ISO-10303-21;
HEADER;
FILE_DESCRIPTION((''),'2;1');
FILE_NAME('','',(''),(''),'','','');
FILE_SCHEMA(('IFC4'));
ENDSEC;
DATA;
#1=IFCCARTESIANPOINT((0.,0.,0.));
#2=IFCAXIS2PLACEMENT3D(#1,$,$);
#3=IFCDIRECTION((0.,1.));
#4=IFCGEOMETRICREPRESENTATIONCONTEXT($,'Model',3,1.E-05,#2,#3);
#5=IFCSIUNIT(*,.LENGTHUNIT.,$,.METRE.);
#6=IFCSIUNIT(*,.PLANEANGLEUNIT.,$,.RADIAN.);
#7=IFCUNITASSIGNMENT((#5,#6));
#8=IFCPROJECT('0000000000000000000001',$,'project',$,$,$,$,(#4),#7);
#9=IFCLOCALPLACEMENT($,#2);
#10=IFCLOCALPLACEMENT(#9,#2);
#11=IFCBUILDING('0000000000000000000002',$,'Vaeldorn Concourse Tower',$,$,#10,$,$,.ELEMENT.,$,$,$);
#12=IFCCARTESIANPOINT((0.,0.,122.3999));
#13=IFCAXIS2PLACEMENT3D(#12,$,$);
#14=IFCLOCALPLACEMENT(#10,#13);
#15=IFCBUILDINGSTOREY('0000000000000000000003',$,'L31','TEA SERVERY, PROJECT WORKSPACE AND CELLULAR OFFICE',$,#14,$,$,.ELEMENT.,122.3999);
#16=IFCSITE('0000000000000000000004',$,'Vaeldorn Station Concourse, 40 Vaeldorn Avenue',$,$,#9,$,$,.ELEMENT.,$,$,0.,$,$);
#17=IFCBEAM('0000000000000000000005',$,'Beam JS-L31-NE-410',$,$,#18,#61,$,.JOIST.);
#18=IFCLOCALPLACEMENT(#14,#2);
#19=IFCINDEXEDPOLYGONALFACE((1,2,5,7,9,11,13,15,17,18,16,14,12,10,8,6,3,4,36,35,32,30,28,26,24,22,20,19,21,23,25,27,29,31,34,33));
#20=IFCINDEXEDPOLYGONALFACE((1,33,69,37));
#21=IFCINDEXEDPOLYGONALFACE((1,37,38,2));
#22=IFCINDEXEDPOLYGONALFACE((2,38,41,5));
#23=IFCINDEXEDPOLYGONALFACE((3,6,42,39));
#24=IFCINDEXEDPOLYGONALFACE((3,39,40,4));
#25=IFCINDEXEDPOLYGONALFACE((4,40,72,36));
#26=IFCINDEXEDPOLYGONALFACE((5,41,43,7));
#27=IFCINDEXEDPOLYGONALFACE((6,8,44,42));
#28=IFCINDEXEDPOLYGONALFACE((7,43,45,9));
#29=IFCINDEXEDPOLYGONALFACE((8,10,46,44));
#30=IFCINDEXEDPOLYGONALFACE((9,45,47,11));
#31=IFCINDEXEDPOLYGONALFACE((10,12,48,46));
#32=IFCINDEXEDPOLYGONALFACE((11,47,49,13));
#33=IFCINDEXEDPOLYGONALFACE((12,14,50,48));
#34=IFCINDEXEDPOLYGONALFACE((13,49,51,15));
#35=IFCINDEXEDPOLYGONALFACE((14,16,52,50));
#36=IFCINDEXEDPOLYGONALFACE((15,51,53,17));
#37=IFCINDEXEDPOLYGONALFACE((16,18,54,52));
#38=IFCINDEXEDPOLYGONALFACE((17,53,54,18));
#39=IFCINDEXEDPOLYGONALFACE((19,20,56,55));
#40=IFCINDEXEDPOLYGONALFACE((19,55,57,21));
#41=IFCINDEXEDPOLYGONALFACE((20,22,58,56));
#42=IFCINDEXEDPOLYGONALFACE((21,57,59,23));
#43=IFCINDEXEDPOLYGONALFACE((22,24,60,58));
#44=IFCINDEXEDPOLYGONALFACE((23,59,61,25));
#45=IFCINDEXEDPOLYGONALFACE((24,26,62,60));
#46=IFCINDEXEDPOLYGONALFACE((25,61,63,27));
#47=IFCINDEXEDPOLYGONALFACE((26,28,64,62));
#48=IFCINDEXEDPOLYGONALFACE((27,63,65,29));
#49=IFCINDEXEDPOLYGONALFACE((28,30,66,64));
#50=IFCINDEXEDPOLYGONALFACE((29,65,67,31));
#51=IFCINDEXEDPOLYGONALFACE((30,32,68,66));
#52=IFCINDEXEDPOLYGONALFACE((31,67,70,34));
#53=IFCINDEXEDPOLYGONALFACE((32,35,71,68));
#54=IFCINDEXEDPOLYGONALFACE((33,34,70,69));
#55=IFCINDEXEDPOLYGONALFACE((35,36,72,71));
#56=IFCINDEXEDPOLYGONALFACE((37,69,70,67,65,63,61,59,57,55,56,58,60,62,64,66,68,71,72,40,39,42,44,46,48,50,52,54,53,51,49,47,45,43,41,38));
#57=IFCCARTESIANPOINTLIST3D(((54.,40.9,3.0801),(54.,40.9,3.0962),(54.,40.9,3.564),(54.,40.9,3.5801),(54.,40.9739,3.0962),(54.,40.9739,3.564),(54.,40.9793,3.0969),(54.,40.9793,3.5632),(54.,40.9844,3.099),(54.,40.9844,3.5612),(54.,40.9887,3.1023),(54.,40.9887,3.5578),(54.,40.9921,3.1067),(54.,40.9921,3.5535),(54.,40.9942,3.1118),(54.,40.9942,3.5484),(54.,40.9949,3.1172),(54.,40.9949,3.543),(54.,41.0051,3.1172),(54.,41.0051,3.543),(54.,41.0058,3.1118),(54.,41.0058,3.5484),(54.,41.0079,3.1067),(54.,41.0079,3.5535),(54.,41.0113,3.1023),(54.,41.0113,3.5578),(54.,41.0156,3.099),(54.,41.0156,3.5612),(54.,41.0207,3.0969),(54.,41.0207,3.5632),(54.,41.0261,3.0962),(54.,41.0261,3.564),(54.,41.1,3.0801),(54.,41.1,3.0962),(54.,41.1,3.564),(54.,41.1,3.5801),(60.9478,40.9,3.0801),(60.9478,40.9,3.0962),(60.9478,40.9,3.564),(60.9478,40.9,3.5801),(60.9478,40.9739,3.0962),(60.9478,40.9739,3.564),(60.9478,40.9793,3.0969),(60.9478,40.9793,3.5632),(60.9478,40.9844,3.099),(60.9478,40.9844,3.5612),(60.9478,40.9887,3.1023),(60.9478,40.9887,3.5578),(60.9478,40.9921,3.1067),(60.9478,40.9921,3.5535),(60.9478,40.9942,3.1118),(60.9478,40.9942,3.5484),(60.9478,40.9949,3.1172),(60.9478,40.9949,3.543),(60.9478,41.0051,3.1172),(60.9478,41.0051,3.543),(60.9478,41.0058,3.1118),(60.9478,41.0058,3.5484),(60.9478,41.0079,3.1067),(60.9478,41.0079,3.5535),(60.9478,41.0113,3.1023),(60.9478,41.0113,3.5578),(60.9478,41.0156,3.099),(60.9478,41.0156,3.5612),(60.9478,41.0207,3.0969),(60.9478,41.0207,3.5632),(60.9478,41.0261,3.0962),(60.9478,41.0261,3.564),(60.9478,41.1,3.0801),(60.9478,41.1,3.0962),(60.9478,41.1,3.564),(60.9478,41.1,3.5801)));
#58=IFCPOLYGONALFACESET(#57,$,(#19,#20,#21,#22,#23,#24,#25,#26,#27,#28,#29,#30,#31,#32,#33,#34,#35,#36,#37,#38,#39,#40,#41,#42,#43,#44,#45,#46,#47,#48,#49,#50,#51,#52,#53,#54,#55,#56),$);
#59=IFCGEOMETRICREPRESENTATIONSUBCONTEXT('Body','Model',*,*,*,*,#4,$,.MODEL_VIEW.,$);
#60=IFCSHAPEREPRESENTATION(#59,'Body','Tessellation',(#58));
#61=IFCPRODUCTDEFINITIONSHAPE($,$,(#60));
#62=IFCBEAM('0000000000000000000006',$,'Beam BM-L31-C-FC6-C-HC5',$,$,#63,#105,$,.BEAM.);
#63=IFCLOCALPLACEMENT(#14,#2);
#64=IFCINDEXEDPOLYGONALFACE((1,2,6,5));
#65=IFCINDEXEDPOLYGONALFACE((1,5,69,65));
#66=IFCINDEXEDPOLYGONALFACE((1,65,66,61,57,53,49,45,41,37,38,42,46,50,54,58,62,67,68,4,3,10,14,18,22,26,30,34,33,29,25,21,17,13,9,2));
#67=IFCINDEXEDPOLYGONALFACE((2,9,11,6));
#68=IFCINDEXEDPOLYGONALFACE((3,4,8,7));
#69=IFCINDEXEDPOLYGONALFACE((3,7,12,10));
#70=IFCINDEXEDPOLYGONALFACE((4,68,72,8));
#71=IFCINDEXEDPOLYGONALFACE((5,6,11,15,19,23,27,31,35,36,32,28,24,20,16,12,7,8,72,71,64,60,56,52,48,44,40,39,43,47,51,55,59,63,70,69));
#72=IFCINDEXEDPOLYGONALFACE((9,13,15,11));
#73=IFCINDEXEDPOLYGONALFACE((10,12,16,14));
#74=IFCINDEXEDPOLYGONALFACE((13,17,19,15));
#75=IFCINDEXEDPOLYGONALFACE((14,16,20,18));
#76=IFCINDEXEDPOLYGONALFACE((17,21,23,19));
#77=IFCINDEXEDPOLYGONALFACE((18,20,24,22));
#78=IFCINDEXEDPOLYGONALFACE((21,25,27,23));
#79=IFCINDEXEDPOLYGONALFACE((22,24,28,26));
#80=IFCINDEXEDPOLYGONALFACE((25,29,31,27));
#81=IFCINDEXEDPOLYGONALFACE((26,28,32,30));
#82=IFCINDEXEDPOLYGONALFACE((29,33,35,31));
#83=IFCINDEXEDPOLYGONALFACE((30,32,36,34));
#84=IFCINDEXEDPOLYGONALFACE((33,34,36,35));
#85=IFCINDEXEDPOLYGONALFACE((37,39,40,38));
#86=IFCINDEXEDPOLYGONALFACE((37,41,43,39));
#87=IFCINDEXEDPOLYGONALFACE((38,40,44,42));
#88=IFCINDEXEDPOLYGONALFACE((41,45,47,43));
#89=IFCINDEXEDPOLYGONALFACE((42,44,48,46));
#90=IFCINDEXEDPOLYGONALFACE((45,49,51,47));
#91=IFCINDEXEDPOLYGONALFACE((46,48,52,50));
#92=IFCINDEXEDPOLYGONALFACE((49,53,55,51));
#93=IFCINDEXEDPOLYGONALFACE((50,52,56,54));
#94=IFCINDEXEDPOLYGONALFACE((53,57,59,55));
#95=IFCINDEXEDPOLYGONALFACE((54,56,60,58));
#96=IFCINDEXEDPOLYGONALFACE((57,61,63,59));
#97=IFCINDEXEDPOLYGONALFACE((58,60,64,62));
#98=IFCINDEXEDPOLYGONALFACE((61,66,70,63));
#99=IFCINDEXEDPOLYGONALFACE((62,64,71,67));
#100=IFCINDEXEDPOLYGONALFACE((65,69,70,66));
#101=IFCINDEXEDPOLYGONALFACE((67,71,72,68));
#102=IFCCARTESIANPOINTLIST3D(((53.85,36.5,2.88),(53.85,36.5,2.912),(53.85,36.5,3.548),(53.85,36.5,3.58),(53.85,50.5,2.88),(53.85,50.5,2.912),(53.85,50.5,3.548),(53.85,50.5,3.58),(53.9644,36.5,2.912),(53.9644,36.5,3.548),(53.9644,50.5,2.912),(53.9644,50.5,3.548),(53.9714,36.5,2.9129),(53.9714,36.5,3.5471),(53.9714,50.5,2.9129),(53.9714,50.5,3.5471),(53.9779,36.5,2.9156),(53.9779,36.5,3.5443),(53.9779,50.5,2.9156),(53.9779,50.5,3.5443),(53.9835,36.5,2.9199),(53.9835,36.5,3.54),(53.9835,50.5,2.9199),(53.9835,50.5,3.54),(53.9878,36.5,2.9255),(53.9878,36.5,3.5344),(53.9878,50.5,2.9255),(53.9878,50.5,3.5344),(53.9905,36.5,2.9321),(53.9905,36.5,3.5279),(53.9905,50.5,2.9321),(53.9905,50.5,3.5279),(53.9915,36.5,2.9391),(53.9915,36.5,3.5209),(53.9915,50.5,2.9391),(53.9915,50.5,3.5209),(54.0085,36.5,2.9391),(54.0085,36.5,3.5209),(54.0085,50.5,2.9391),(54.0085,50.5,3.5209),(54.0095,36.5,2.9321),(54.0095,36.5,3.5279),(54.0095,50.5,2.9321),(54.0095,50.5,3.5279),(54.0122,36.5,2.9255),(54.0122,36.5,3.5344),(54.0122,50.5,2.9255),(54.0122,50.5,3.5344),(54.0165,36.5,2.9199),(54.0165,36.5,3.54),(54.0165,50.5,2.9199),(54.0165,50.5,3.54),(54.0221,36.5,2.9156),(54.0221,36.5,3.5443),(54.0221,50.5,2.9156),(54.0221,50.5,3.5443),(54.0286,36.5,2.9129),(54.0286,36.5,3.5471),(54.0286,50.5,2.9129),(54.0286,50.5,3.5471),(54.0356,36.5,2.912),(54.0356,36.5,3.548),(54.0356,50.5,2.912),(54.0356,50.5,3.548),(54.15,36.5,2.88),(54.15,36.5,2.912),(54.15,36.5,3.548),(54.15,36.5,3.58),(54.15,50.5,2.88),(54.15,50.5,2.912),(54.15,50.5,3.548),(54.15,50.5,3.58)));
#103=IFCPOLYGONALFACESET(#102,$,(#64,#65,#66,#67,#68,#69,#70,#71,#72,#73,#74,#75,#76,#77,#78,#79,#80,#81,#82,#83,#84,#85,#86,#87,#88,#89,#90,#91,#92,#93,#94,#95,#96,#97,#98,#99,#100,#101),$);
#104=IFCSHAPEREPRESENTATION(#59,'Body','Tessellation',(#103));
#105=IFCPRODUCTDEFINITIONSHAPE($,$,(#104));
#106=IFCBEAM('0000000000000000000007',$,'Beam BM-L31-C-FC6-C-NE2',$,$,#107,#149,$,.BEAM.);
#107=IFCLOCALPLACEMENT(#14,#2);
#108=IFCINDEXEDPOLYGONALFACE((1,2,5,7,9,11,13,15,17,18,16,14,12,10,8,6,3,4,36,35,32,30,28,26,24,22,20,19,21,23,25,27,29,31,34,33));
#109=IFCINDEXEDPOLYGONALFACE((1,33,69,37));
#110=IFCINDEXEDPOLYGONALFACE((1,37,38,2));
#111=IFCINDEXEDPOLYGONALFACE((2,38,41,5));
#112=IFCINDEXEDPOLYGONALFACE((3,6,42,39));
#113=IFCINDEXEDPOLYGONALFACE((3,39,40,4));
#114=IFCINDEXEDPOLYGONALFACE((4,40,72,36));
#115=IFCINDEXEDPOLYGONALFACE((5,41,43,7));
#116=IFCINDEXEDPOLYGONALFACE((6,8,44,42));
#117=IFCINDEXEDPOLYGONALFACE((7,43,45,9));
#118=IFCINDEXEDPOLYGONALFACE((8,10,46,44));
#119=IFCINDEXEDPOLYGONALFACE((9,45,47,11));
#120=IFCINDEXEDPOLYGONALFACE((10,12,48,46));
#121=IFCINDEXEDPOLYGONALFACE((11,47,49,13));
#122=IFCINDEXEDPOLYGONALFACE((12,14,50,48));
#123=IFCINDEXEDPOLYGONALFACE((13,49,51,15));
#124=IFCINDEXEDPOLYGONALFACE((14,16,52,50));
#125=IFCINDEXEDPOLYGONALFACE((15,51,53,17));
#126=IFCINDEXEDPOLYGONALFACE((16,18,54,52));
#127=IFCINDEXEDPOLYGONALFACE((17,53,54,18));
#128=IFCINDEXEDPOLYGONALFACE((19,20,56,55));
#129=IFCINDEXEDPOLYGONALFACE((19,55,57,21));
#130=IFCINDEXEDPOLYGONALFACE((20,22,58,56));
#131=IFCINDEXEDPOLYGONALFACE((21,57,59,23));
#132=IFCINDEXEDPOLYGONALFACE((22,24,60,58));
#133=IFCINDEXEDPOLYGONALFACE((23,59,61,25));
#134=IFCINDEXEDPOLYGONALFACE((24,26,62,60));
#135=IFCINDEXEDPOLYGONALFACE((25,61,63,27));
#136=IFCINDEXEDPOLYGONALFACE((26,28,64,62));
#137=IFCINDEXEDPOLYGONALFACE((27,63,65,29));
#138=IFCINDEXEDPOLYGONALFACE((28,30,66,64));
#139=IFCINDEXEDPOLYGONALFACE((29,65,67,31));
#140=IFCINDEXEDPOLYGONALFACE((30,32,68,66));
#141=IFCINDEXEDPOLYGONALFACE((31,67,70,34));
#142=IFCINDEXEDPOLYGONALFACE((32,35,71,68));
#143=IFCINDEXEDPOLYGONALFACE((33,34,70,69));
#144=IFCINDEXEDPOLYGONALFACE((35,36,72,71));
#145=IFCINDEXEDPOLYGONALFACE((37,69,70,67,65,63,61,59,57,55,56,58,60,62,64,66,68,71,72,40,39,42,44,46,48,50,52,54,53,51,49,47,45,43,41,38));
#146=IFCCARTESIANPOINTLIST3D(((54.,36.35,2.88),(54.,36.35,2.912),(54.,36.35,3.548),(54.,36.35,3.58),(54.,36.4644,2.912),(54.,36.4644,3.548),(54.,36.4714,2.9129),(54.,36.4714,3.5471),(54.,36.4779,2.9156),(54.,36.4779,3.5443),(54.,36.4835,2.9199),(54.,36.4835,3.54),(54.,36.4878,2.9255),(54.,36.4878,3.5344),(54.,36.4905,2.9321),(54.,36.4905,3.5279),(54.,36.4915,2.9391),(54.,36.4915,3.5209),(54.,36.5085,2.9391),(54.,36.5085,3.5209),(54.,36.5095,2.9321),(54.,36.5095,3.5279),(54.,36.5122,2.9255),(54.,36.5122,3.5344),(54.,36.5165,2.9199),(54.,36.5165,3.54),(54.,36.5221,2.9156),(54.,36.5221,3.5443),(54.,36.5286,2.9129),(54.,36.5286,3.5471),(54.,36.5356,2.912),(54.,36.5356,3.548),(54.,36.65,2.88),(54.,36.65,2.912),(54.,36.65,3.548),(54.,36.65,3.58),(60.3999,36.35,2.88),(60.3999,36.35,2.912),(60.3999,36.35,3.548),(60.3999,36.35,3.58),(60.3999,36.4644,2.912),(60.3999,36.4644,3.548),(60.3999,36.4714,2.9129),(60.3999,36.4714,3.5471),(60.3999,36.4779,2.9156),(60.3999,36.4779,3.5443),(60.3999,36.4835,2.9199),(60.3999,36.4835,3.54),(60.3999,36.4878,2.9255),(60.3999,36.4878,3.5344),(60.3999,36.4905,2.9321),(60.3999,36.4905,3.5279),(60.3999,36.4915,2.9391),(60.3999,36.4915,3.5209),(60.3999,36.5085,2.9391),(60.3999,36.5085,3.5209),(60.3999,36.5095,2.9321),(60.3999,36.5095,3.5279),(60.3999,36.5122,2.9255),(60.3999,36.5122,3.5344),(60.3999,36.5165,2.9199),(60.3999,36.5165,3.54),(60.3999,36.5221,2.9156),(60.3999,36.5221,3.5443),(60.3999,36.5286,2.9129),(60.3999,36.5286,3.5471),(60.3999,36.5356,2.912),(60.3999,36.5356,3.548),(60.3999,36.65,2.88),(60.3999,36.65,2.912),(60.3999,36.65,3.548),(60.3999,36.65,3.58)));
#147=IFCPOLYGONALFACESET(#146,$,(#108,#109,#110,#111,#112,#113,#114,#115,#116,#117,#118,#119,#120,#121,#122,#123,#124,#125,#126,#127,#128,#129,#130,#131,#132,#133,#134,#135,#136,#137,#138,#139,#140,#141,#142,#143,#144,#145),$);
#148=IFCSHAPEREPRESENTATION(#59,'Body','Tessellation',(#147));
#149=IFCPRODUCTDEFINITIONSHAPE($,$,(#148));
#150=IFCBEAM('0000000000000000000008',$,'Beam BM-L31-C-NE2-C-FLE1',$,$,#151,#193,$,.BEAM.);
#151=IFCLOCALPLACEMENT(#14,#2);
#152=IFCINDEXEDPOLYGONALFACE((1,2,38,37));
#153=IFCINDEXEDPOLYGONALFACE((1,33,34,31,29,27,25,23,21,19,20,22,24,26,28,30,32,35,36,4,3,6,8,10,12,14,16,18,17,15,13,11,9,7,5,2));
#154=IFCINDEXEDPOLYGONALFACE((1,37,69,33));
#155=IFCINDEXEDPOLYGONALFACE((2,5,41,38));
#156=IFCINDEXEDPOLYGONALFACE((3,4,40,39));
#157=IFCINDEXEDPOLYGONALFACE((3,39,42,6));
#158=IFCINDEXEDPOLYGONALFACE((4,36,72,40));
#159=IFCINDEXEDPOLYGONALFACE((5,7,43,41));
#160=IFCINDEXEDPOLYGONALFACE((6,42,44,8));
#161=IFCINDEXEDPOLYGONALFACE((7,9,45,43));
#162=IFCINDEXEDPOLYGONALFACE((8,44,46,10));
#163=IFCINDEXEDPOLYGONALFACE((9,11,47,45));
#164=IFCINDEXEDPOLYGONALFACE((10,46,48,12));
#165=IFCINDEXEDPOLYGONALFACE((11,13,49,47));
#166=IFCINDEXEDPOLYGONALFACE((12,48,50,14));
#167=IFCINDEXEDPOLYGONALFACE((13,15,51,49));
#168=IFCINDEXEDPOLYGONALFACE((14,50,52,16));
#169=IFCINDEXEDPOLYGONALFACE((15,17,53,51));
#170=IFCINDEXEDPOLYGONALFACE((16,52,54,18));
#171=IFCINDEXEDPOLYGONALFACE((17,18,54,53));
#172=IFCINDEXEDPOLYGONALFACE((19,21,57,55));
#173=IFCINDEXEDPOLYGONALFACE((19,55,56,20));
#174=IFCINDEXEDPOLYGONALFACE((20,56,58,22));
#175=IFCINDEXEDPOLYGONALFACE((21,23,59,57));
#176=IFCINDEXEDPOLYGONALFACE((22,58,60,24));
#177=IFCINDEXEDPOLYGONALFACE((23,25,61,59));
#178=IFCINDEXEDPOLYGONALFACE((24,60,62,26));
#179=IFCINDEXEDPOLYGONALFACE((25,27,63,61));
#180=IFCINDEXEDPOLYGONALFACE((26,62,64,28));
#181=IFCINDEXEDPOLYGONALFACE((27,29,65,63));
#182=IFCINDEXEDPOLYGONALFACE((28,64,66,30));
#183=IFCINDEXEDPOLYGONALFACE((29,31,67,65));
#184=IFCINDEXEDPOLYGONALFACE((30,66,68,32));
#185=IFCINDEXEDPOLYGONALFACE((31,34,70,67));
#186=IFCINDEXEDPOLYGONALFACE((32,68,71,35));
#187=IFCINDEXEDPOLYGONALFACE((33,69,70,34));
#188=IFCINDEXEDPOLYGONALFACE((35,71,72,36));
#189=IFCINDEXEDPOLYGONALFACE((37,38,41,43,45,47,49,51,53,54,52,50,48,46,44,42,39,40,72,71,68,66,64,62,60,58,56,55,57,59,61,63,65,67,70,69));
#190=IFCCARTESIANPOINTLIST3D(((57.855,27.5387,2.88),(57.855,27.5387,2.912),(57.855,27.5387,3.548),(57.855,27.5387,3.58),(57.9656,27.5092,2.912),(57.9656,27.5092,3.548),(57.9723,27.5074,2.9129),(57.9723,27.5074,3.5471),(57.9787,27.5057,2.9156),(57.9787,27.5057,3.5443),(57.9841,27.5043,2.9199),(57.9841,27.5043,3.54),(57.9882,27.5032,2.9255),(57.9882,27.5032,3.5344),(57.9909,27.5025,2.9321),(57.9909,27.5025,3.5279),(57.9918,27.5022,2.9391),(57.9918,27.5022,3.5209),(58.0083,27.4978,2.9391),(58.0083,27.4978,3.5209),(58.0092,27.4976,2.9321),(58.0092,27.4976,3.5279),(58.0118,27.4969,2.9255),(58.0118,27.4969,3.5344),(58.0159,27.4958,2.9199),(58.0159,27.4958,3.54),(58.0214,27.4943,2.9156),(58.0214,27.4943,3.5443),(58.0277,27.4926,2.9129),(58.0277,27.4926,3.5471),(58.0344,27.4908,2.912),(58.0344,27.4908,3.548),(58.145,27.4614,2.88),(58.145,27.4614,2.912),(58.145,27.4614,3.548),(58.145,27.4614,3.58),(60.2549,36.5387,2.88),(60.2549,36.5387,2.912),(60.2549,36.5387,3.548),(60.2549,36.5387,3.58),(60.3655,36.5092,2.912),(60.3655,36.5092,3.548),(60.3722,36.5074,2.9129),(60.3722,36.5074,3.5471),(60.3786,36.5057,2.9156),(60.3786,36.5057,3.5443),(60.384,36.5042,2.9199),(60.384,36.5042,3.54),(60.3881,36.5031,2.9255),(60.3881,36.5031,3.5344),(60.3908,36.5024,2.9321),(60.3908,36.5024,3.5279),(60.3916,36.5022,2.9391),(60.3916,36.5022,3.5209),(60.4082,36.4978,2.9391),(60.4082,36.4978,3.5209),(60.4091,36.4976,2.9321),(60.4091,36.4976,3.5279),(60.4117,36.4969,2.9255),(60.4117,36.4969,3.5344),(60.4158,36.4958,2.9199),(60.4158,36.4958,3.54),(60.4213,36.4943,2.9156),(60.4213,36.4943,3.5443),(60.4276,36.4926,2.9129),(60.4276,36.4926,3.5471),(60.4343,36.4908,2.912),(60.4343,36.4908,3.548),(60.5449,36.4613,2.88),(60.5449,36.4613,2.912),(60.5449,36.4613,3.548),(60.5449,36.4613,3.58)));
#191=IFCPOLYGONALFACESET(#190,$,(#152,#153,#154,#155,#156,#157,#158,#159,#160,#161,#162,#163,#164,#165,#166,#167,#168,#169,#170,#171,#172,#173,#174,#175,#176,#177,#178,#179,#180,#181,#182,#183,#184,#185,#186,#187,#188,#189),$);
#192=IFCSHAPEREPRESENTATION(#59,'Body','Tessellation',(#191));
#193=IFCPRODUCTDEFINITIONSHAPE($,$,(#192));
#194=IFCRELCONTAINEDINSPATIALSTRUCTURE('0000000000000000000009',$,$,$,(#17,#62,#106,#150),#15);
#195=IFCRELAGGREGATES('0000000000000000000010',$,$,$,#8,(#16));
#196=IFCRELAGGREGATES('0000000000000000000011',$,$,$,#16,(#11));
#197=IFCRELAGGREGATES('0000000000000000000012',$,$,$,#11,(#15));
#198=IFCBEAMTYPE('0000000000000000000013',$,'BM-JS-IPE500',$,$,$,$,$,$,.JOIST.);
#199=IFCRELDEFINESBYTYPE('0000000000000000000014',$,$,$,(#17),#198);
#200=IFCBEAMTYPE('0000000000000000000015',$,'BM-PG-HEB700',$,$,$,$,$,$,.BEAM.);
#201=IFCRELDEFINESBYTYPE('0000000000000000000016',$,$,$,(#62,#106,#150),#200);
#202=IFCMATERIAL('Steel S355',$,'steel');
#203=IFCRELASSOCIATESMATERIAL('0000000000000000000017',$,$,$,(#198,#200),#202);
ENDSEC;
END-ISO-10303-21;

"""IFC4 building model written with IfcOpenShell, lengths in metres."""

from ifc_helpers import new_model, si_unit, direction, frame, origin, origin_2d, place, context, subcontext, project, spatial, i_section, extrude, source, transform, mapped, material, material_profile, profile_set, type_object, element, save


model = new_model("IFC4")

# Units and contexts
model_context = context("Model", 3, precision=1e-05, world=origin(), true_north=direction((0.0, 1.0)))
body_context = subcontext(model_context, "Body", "Model", "MODEL_VIEW")
ifc_project = project(units=[si_unit("LENGTHUNIT", "METRE"), si_unit("PLANEANGLEUNIT", "RADIAN")], contexts=[model_context])

# Site, building, storey
site_placement = place(None, origin())
site = spatial("IfcSite", under=ifc_project, at=site_placement, Name="Vaeldorn Station Concourse, 40 Vaeldorn Avenue", CompositionType="ELEMENT", RefElevation=0.0)
building_placement = place(site_placement, origin())
building = spatial("IfcBuilding", under=site, at=building_placement, Name="Vaeldorn Concourse Tower", CompositionType="ELEMENT")
storey_placement = place(building_placement, frame((0.0, 0.0, 122.3999)))
storey = spatial("IfcBuildingStorey", under=building, at=storey_placement, Name="L31", Description="TEA SERVERY, PROJECT WORKSPACE AND CELLULAR OFFICE", CompositionType="ELEMENT", Elevation=122.3999)

# Beams
ifc_material_1 = material(Name="Steel S355", Category="steel")
ifc_material_profile_1 = material_profile(ifc_material_1, i_section(OverallWidth=0.2, OverallDepth=0.5, WebThickness=0.0103, FlangeThickness=0.0161, FilletRadius=0.021, at=origin_2d()), Name="IPE 500")
ifc_profile_set_1 = profile_set([ifc_material_profile_1], Name="Steel S355")
beam_type_1 = type_object("IfcBeamType", Name="BM-JS-IPE500", PredefinedType="JOIST", material=ifc_profile_set_1)
shared_shape_1 = source(origin(), body_context, "Body", "SweptSolid", [
    extrude(i_section(OverallWidth=0.2, OverallDepth=0.5, WebThickness=0.0103, FlangeThickness=0.0161, FilletRadius=0.021, at=origin_2d()), origin(), (0.0, 0.0, 1.0), 6.9478),
])
beam_1_placement = place(storey_placement, frame((54.0, 41.0, 3.3301), z_axis=(1.0, 0.0, 0.0), x_axis=(0.0, 1.0, 0.0)))
element("IfcBeam", 1, at=beam_1_placement, inside=storey, type_object=beam_type_1, Name="Beam JS-L31-NE-410", PredefinedType="JOIST", context=body_context, shape_type="MappedRepresentation", body=[
    mapped(shared_shape_1, transform((0.0, 0.0, 0.0), scale=1.0)),
])
ifc_material_profile_2 = material_profile(ifc_material_1, i_section(OverallWidth=0.3, OverallDepth=0.7, WebThickness=0.0171, FlangeThickness=0.032, FilletRadius=0.0271, at=origin_2d()), Name="HEB 700")
ifc_profile_set_2 = profile_set([ifc_material_profile_2], Name="Steel S355")
beam_type_2 = type_object("IfcBeamType", Name="BM-PG-HEB700", PredefinedType="BEAM", material=ifc_profile_set_2)
shared_shape_2 = source(origin(), body_context, "Body", "SweptSolid", [
    extrude(i_section(OverallWidth=0.3, OverallDepth=0.7, WebThickness=0.0171, FlangeThickness=0.032, FilletRadius=0.0271, at=origin_2d()), origin(), (0.0, 0.0, 1.0), 14.0),
])
beam_2_placement = place(storey_placement, frame((54.0, 36.5, 3.23), z_axis=(0.0, 1.0, 0.0), x_axis=(-1.0, 0.0, 0.0)))
element("IfcBeam", 2, at=beam_2_placement, inside=storey, type_object=beam_type_2, Name="Beam BM-L31-C-FC6-C-HC5", PredefinedType="BEAM", context=body_context, shape_type="MappedRepresentation", body=[
    mapped(shared_shape_2, transform((0.0, 0.0, 0.0), scale=1.0)),
])
shared_shape_3 = source(origin(), body_context, "Body", "SweptSolid", [
    extrude(i_section(OverallWidth=0.3, OverallDepth=0.7, WebThickness=0.0171, FlangeThickness=0.032, FilletRadius=0.0271, at=origin_2d()), origin(), (0.0, 0.0, 1.0), 6.3999),
])
beam_3_placement = place(storey_placement, frame((54.0, 36.5, 3.23), z_axis=(1.0, 0.0, 0.0), x_axis=(0.0, 1.0, 0.0)))
element("IfcBeam", 3, at=beam_3_placement, inside=storey, type_object=beam_type_2, Name="Beam BM-L31-C-FC6-C-NE2", PredefinedType="BEAM", context=body_context, shape_type="MappedRepresentation", body=[
    mapped(shared_shape_3, transform((0.0, 0.0, 0.0), scale=1.0)),
])
shared_shape_4 = source(origin(), body_context, "Body", "SweptSolid", [
    extrude(i_section(OverallWidth=0.3, OverallDepth=0.7, WebThickness=0.0171, FlangeThickness=0.032, FilletRadius=0.0271, at=origin_2d()), origin(), (0.0, 0.0, 1.0), 9.3145),
])
beam_4_placement = place(storey_placement, frame((60.3999, 36.5, 3.23), z_axis=(-0.257653, -0.966238, 0.0), x_axis=(0.966238, -0.257653, 0.0)))
element("IfcBeam", 4, at=beam_4_placement, inside=storey, type_object=beam_type_2, Name="Beam BM-L31-C-NE2-C-FLE1", PredefinedType="BEAM", context=body_context, shape_type="MappedRepresentation", body=[
    mapped(shared_shape_4, transform((0.0, 0.0, 0.0), scale=1.0)),
])

save(model, "model.ifc")
